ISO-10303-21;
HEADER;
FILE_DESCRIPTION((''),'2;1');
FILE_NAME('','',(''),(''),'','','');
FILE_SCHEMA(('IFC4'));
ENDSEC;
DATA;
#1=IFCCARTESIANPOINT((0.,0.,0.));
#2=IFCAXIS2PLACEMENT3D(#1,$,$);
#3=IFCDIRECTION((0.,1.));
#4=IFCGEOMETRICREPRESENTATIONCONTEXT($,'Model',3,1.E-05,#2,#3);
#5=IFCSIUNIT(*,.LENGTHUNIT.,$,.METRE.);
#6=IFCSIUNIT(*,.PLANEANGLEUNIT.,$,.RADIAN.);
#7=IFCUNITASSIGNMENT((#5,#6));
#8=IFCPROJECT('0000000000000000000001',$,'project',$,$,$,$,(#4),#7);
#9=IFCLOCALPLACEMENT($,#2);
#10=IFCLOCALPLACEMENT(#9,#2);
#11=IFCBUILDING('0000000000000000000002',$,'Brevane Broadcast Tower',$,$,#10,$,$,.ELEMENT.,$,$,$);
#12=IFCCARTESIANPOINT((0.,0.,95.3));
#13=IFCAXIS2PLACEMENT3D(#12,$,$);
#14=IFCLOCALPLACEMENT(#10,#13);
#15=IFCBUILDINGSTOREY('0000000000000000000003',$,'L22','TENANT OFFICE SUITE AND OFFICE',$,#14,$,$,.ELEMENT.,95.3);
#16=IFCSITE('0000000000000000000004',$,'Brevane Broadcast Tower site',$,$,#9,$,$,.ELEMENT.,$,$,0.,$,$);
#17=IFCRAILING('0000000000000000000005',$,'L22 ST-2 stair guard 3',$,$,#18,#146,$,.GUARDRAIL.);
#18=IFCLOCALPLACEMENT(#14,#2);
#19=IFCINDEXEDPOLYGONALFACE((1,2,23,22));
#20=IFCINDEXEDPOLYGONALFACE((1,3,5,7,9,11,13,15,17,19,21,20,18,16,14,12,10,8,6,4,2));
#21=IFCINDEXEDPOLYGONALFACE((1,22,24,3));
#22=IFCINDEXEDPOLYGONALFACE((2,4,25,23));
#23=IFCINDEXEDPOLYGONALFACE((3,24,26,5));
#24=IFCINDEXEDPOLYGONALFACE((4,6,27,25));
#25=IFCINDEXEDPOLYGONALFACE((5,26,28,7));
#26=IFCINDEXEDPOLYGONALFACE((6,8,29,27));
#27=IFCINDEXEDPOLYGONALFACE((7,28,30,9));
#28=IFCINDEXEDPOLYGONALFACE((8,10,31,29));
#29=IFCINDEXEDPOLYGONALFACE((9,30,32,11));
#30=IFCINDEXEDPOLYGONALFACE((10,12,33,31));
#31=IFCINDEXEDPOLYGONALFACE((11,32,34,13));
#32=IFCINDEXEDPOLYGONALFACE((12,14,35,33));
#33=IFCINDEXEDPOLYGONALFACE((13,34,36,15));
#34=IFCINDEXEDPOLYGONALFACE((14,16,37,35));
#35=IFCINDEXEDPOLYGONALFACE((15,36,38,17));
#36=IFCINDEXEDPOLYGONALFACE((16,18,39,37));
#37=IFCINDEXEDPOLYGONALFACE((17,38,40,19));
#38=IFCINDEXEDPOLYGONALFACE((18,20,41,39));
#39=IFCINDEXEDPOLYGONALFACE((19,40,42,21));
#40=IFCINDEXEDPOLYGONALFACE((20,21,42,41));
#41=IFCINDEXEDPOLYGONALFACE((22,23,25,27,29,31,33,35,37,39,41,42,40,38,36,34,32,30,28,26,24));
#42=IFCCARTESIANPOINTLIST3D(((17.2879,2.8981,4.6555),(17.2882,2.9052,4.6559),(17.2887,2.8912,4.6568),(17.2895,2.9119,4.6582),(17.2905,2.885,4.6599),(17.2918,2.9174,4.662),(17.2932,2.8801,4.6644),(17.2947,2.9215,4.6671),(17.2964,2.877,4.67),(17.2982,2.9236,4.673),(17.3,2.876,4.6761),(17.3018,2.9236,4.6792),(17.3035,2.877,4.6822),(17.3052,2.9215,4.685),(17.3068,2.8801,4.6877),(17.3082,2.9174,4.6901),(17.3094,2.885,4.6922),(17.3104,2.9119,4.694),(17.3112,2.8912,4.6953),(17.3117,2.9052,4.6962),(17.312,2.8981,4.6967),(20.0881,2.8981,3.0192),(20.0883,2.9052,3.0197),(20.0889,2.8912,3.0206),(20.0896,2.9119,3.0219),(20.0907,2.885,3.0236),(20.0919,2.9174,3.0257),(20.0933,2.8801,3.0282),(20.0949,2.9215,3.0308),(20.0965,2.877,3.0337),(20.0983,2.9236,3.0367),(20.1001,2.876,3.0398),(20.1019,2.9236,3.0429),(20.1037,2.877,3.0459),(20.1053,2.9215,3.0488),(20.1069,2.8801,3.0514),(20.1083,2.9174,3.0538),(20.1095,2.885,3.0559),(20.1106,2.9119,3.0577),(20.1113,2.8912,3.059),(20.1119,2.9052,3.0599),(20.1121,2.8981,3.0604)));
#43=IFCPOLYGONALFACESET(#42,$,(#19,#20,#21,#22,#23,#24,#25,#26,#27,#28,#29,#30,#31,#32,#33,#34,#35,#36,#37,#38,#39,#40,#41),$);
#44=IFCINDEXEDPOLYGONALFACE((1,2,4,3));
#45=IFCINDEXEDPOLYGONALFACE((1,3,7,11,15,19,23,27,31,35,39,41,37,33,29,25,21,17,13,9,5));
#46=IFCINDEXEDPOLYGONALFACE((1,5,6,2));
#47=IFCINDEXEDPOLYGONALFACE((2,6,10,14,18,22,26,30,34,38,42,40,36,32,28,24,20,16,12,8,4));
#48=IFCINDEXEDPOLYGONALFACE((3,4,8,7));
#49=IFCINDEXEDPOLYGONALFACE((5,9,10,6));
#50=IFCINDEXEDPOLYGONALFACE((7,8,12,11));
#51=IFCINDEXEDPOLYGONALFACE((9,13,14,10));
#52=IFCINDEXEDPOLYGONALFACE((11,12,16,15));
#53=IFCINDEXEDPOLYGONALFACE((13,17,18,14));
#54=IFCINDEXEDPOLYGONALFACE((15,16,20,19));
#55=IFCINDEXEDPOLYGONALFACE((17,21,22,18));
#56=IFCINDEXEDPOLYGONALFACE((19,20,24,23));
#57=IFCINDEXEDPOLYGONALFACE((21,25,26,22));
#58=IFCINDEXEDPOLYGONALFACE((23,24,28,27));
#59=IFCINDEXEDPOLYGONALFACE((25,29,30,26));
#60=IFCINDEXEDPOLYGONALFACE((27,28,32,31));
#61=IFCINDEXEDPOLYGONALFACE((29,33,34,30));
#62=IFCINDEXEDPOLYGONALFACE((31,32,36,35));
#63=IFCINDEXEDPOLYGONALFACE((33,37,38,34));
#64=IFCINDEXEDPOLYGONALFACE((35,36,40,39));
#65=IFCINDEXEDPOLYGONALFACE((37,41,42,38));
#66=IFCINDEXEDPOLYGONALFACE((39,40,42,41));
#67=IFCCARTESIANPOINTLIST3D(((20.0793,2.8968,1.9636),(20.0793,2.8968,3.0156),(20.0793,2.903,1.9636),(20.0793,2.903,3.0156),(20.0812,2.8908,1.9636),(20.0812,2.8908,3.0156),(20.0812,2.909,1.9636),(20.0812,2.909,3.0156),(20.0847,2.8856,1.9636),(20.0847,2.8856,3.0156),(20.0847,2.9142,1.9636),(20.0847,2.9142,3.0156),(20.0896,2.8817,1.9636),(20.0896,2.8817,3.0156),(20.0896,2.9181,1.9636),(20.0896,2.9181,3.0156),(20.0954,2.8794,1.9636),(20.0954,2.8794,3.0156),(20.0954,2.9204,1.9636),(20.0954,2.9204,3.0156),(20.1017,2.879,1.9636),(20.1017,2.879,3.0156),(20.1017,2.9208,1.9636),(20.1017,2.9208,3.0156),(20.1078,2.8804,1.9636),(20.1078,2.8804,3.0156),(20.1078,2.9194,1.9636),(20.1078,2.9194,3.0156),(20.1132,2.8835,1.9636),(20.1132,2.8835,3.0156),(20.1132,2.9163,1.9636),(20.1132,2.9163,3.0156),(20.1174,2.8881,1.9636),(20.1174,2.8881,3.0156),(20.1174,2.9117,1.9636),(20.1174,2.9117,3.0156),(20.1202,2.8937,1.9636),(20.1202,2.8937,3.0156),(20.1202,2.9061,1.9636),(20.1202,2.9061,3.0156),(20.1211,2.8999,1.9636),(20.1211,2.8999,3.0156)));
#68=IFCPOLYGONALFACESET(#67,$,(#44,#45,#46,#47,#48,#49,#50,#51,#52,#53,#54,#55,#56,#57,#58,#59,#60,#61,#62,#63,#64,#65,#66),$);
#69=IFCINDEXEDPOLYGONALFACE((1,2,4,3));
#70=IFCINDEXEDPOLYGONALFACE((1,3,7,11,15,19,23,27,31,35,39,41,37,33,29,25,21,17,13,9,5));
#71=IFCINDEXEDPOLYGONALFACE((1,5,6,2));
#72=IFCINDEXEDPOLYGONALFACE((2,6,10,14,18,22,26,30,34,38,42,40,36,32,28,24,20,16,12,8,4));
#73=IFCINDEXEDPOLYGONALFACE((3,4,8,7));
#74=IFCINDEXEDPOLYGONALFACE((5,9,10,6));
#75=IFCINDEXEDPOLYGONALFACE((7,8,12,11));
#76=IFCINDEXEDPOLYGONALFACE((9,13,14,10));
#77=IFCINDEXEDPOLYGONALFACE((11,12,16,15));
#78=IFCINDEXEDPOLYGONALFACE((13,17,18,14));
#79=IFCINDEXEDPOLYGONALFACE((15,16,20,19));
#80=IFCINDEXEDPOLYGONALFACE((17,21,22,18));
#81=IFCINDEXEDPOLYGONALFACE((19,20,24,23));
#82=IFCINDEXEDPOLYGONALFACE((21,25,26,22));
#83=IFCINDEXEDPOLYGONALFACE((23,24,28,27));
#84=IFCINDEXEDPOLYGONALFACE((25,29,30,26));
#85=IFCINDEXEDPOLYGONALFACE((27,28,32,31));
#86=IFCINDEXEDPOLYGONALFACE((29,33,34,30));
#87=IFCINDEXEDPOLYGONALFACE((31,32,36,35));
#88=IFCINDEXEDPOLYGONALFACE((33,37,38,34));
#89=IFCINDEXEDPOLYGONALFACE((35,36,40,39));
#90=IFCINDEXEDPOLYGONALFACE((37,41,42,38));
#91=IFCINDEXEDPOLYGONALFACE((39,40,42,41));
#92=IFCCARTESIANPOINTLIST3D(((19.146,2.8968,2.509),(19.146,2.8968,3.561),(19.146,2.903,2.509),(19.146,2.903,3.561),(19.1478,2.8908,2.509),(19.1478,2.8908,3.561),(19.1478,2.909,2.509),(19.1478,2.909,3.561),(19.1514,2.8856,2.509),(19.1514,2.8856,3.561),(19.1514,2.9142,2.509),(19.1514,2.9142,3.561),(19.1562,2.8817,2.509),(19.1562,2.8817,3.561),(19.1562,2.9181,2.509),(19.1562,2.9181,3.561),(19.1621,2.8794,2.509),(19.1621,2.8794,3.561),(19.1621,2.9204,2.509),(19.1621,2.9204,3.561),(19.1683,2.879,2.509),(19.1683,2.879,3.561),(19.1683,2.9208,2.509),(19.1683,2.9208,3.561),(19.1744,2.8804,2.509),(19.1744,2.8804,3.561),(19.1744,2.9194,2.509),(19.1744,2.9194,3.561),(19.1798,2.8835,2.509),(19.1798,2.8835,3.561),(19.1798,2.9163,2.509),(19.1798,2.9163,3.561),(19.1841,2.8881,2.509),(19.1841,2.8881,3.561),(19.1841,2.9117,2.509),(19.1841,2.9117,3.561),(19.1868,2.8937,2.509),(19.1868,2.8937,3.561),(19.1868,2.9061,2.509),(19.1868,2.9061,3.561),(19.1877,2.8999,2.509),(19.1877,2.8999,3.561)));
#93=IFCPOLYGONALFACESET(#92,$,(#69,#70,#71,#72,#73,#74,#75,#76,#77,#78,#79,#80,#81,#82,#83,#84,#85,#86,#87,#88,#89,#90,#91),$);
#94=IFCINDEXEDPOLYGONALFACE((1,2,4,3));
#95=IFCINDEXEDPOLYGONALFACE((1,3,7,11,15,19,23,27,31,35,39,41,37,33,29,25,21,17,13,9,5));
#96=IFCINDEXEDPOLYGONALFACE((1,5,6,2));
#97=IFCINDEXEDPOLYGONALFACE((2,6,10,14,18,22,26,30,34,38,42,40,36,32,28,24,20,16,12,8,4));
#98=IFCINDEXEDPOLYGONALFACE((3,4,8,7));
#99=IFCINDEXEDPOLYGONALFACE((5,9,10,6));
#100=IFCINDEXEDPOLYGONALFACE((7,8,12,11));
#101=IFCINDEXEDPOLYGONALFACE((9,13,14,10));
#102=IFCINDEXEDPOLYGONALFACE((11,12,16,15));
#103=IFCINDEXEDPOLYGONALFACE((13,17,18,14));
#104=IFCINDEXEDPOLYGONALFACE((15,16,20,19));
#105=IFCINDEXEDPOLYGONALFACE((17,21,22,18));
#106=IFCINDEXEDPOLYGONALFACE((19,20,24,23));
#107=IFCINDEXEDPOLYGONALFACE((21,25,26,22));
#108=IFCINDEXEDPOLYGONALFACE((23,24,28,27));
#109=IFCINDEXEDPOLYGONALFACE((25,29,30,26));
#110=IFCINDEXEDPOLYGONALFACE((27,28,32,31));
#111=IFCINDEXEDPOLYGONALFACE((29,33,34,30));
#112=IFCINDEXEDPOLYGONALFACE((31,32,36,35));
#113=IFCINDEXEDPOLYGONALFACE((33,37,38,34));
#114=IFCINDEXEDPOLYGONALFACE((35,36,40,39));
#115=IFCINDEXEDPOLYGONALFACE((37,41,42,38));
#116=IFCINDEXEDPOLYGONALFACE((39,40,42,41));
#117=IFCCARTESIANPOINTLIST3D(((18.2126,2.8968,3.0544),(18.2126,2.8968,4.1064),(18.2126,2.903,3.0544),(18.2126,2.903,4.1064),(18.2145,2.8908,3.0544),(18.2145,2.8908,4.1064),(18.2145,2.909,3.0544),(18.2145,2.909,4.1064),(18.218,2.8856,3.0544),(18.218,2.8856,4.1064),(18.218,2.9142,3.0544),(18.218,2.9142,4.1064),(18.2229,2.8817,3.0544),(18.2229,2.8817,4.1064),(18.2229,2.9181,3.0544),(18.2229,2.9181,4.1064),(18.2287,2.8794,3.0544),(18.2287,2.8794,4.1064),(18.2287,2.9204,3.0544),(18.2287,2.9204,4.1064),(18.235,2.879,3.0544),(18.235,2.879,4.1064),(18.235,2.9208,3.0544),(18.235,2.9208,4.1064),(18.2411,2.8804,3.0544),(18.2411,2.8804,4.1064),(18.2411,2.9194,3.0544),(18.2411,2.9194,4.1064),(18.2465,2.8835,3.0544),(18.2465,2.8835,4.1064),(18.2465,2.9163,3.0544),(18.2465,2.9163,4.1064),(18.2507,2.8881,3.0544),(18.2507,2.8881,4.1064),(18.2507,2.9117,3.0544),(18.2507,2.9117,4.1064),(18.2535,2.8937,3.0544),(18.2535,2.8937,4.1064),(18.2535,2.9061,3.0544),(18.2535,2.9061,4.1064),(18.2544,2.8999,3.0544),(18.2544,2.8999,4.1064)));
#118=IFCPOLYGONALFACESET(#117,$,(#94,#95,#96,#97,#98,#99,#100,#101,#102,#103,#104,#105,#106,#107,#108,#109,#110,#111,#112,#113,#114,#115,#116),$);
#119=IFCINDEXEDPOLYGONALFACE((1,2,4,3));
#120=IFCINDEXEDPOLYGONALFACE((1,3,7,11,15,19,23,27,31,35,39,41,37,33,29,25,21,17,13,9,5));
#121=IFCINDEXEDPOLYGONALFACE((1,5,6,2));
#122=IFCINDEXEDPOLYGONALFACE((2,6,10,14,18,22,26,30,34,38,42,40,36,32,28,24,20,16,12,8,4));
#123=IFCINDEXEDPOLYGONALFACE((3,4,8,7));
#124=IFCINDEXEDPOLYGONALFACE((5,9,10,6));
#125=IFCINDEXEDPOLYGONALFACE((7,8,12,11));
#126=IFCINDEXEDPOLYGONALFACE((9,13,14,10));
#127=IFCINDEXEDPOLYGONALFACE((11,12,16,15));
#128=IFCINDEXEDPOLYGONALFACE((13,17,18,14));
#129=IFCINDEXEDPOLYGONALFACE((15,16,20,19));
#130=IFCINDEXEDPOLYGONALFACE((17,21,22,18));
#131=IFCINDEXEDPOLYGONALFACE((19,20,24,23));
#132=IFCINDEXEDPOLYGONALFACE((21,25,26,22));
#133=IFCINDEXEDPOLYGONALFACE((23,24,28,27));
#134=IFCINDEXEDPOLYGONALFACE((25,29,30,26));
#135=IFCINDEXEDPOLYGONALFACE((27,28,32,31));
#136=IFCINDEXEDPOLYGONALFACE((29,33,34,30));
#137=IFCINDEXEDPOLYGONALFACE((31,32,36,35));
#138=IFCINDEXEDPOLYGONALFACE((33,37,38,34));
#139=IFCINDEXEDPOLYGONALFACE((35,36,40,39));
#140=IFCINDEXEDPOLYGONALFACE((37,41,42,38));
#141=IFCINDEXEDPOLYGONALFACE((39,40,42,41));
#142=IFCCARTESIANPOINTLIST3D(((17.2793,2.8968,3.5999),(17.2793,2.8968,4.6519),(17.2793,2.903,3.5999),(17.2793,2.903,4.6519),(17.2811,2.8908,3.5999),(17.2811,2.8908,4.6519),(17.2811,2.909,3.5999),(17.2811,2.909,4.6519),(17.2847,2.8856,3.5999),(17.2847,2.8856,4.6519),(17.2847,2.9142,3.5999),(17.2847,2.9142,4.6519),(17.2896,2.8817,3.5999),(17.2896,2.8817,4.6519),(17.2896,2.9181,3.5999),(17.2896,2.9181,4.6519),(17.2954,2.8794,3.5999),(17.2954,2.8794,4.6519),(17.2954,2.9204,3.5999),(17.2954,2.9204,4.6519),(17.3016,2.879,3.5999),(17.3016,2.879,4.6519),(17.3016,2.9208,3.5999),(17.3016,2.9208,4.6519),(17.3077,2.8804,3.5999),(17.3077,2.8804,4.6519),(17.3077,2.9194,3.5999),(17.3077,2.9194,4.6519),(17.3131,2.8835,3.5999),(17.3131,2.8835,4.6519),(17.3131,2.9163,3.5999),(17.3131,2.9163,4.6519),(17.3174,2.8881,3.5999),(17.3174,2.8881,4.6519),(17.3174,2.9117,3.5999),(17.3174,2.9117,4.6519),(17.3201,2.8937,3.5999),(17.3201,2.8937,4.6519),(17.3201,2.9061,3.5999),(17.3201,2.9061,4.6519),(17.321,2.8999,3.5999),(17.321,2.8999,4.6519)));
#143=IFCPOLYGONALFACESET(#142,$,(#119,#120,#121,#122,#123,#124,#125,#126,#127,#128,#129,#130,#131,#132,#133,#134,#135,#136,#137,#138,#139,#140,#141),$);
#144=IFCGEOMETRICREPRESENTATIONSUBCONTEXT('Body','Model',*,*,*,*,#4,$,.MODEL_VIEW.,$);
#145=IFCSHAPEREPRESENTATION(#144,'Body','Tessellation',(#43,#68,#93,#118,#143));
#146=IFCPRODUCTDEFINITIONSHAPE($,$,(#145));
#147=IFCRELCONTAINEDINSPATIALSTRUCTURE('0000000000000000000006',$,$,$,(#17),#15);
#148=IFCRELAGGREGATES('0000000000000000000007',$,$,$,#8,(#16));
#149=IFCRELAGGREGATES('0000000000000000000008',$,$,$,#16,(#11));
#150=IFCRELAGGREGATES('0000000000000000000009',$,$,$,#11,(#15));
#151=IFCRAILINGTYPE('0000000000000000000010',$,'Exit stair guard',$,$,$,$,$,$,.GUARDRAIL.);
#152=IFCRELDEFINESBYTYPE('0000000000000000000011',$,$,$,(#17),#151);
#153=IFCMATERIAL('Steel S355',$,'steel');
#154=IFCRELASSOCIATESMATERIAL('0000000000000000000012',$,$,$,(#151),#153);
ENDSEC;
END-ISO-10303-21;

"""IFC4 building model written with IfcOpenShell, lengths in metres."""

from ifc_helpers import new_model, si_unit, direction, frame, origin, origin_2d, place, context, subcontext, project, spatial, circle, extrude, material, type_object, element, save


model = new_model("IFC4")

# Units and contexts
model_context = context("Model", 3, precision=1e-05, world=origin(), true_north=direction((0.0, 1.0)))
body_context = subcontext(model_context, "Body", "Model", "MODEL_VIEW")
ifc_project = project(units=[si_unit("LENGTHUNIT", "METRE"), si_unit("PLANEANGLEUNIT", "RADIAN")], contexts=[model_context])

# Site, building, storey
site_placement = place(None, origin())
site = spatial("IfcSite", under=ifc_project, at=site_placement, Name="Brevane Broadcast Tower site", CompositionType="ELEMENT", RefElevation=0.0)
building_placement = place(site_placement, origin())
building = spatial("IfcBuilding", under=site, at=building_placement, Name="Brevane Broadcast Tower", CompositionType="ELEMENT")
storey_placement = place(building_placement, frame((0.0, 0.0, 95.3)))
storey = spatial("IfcBuildingStorey", under=building, at=storey_placement, Name="L22", Description="TENANT OFFICE SUITE AND OFFICE", CompositionType="ELEMENT", Elevation=95.3)

# Railing
ifc_material_1 = material(Name="Steel S355", Category="steel")
railing_type_1 = type_object("IfcRailingType", Name="Exit stair guard", PredefinedType="GUARDRAIL", material=ifc_material_1)
railing_1_placement = place(storey_placement, frame((20.1001, 2.8999, 1.9636)))
element("IfcRailing", 1, at=railing_1_placement, inside=storey, type_object=railing_type_1, Name="L22 ST-2 stair guard 3", PredefinedType="GUARDRAIL", context=body_context, shape_type="SweptSolid", body=[
    extrude(circle(Radius=0.0239, at=origin_2d()), frame((0.0, 0.0, 1.0762), z_axis=(-0.863394, 0.0, 0.504531), x_axis=(0.0, -1.0, 0.0)), (0.0, 0.0, 1.0), 3.2432),
    extrude(circle(Radius=0.021, at=origin_2d()), origin(), (0.0, 0.0, 1.0), 1.052),
    extrude(circle(Radius=0.021, at=origin_2d()), frame((-0.9333, 0.0, 0.5454)), (0.0, 0.0, 1.0), 1.052),
    extrude(circle(Radius=0.021, at=origin_2d()), frame((-1.8667, 0.0, 1.0908)), (0.0, 0.0, 1.0), 1.052),
    extrude(circle(Radius=0.021, at=origin_2d()), frame((-2.8, 0.0, 1.6362)), (0.0, 0.0, 1.0), 1.052),
])

save(model, "model.ifc")
